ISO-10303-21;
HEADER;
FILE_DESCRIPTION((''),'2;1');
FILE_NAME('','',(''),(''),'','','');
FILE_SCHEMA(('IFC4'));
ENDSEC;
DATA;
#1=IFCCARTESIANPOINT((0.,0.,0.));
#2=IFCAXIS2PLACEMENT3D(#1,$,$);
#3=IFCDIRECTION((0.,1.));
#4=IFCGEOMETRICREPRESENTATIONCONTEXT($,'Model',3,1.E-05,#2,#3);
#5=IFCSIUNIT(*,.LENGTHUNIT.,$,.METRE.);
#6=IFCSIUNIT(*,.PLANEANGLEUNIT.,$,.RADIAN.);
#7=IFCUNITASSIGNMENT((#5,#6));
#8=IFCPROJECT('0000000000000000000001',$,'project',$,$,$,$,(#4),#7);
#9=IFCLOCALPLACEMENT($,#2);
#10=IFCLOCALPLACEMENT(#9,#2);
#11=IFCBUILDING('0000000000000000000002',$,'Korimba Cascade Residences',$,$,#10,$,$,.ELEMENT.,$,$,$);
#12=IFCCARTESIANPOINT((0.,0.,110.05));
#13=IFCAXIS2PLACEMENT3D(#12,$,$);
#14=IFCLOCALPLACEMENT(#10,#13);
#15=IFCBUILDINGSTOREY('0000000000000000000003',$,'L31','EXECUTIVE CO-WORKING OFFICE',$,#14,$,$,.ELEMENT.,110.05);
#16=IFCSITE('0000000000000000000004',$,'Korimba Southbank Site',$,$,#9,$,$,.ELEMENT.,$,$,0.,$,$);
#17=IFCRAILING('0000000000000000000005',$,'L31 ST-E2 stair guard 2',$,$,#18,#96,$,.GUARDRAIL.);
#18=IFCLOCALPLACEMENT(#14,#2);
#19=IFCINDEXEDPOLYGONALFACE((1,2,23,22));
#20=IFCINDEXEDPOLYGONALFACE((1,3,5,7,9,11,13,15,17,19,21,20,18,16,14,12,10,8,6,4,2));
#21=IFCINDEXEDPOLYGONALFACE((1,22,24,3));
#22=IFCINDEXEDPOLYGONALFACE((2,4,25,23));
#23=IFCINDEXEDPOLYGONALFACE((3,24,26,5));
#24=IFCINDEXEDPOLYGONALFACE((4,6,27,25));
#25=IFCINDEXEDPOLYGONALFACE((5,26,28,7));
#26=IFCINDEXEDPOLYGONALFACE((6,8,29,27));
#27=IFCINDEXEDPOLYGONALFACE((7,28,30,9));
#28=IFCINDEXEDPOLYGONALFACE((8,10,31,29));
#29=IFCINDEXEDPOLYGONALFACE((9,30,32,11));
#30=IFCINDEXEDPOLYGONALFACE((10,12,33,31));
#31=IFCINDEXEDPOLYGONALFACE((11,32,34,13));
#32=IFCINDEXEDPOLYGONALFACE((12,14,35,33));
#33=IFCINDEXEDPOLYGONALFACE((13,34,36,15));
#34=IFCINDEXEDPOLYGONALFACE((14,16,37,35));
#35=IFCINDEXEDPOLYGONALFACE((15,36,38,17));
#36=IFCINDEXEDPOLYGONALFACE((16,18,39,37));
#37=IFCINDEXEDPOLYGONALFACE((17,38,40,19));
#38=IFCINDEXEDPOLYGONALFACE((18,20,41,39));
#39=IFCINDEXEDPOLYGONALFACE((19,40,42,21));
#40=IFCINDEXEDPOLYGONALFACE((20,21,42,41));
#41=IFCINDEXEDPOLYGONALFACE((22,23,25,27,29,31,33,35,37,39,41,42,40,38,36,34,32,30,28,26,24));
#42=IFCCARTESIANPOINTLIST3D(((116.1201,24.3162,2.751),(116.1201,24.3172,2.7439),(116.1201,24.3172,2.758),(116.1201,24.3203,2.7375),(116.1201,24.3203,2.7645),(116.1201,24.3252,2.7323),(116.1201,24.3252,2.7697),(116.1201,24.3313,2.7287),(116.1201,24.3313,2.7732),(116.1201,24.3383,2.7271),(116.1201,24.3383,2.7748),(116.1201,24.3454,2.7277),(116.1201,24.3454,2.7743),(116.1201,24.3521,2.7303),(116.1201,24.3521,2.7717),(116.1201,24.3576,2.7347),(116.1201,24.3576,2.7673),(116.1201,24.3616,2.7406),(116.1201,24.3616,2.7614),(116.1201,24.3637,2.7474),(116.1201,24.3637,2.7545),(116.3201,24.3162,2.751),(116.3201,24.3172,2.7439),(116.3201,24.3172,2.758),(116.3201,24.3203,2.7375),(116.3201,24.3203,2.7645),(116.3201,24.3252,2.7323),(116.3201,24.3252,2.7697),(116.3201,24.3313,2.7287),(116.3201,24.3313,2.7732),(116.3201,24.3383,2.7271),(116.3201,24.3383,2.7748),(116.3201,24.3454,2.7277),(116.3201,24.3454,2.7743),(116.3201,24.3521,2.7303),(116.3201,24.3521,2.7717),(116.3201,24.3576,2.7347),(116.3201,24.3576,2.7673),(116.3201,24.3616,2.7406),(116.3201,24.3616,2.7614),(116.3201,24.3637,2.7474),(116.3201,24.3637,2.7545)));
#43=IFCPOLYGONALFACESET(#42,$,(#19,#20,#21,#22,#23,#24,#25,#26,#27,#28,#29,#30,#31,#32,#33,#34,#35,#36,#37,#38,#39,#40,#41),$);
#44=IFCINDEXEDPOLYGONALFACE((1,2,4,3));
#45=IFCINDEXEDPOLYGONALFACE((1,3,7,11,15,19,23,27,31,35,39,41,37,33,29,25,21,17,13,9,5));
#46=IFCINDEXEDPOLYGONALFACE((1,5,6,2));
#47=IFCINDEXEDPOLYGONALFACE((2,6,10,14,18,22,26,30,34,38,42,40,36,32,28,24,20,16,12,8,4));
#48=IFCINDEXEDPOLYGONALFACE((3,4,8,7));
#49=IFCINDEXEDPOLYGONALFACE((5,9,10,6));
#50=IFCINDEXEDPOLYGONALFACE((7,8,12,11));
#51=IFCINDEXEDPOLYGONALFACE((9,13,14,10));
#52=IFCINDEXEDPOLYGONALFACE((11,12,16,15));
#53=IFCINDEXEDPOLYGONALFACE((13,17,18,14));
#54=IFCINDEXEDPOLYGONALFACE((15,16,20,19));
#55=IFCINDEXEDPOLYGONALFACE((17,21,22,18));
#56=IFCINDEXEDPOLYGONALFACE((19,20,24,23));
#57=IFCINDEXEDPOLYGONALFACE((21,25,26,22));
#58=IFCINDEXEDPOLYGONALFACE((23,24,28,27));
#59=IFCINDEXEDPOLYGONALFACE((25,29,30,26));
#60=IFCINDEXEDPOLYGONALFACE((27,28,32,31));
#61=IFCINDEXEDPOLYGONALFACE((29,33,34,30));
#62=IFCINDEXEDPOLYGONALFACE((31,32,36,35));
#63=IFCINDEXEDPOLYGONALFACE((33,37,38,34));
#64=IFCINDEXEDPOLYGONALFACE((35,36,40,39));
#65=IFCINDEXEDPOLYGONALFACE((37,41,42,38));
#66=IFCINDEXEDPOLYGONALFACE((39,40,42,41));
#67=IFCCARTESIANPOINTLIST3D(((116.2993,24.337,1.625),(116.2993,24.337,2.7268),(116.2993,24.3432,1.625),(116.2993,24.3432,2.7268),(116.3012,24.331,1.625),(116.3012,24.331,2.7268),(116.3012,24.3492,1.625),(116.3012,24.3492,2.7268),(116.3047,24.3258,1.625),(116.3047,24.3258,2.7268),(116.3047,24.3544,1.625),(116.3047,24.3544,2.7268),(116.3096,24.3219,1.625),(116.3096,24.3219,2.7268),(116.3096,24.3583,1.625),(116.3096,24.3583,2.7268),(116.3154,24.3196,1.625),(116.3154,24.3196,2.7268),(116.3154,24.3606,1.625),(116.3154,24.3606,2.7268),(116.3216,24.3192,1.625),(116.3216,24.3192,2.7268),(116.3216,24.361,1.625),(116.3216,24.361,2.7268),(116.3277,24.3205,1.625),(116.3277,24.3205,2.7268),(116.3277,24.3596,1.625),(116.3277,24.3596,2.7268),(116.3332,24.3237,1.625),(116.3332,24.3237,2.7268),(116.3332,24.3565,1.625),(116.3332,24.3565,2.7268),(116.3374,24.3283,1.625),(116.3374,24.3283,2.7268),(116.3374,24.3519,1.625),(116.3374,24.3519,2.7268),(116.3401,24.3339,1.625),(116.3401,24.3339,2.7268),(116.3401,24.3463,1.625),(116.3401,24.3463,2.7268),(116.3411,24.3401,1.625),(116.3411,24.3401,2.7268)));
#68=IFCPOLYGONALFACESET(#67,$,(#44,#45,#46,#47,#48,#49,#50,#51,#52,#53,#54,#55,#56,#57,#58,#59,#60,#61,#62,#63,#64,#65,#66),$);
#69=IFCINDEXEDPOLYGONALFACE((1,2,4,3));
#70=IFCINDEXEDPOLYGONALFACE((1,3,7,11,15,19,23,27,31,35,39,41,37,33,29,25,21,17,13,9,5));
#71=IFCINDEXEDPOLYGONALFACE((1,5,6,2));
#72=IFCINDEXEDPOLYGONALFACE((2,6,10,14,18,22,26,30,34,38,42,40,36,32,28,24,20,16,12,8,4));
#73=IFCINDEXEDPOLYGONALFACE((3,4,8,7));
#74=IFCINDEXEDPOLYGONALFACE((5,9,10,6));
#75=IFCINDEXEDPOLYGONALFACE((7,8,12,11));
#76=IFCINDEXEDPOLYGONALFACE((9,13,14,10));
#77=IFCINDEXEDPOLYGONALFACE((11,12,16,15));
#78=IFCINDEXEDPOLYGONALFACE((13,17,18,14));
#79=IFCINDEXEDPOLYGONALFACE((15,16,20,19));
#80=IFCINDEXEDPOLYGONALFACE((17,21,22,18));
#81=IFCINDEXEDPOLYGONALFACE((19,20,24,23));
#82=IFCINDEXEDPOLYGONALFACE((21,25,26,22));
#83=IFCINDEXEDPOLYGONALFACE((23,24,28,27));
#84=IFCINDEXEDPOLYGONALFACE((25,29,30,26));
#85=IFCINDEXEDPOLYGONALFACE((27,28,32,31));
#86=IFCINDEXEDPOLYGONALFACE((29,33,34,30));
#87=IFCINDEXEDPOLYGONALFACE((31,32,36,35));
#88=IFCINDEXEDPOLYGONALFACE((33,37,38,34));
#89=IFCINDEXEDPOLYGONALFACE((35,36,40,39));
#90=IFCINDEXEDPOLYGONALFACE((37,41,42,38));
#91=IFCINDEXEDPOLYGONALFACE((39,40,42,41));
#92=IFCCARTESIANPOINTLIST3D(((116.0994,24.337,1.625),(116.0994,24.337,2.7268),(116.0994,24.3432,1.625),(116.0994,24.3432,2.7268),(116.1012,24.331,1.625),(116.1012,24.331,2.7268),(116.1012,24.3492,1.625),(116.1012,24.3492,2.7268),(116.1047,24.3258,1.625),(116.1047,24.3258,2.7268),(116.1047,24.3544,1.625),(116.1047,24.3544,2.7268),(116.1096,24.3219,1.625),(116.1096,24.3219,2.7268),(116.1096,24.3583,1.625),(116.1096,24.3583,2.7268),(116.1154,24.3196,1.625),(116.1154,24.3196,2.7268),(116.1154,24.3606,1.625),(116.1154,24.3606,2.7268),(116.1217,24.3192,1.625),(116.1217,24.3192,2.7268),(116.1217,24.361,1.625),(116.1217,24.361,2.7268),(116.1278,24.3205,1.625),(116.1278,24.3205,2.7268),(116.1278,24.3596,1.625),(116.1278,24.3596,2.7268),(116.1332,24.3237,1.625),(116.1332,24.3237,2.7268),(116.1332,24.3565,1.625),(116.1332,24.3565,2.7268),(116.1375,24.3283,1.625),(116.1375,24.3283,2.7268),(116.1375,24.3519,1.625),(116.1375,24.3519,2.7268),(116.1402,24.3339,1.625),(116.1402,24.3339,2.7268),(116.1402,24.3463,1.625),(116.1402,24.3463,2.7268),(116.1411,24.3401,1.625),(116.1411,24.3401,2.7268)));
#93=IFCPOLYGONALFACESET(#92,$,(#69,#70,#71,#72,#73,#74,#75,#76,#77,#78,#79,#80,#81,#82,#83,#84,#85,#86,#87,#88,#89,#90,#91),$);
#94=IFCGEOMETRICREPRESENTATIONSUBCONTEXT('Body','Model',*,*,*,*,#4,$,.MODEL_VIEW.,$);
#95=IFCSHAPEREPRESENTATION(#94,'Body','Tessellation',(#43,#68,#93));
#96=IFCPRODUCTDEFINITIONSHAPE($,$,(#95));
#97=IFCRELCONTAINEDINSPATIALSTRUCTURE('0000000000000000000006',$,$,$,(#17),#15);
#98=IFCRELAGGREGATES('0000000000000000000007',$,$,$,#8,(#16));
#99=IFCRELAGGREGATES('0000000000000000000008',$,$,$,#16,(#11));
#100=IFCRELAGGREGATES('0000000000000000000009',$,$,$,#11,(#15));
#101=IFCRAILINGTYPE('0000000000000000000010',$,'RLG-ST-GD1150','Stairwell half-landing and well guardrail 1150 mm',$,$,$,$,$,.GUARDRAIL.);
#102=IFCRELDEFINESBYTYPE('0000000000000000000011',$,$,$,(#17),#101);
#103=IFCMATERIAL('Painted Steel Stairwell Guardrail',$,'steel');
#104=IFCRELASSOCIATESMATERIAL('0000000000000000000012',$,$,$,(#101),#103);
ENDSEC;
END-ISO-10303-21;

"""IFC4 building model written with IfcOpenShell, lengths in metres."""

from ifc_helpers import new_model, si_unit, direction, frame, origin, origin_2d, place, context, subcontext, project, spatial, circle, extrude, material, type_object, element, save


model = new_model("IFC4")

# Units and contexts
model_context = context("Model", 3, precision=1e-05, world=origin(), true_north=direction((0.0, 1.0)))
body_context = subcontext(model_context, "Body", "Model", "MODEL_VIEW")
ifc_project = project(units=[si_unit("LENGTHUNIT", "METRE"), si_unit("PLANEANGLEUNIT", "RADIAN")], contexts=[model_context])

# Site, building, storey
site_placement = place(None, origin())
site = spatial("IfcSite", under=ifc_project, at=site_placement, Name="Korimba Southbank Site", CompositionType="ELEMENT", RefElevation=0.0)
building_placement = place(site_placement, origin())
building = spatial("IfcBuilding", under=site, at=building_placement, Name="Korimba Cascade Residences", CompositionType="ELEMENT")
storey_placement = place(building_placement, frame((0.0, 0.0, 110.05)))
storey = spatial("IfcBuildingStorey", under=building, at=storey_placement, Name="L31", Description="EXECUTIVE CO-WORKING OFFICE", CompositionType="ELEMENT", Elevation=110.05)

# Railing
ifc_material_1 = material(Name="Painted Steel Stairwell Guardrail", Category="steel")
railing_type_1 = type_object("IfcRailingType", Name="RLG-ST-GD1150", Description="Stairwell half-landing and well guardrail 1150 mm", PredefinedType="GUARDRAIL", material=ifc_material_1)
railing_1_placement = place(storey_placement, frame((116.3201, 24.3401, 1.625)))
element("IfcRailing", 1, at=railing_1_placement, inside=storey, type_object=railing_type_1, Name="L31 ST-E2 stair guard 2", PredefinedType="GUARDRAIL", context=body_context, shape_type="SweptSolid", body=[
    extrude(circle(Radius=0.0239, at=origin_2d()), frame((0.0, 0.0, 1.126), z_axis=(-1.0, 0.0, 0.0), x_axis=(0.0, -1.0, 0.0)), (0.0, 0.0, 1.0), 0.2),
    extrude(circle(Radius=0.021, at=origin_2d()), origin(), (0.0, 0.0, 1.0), 1.1018),
    extrude(circle(Radius=0.021, at=origin_2d()), frame((-0.2, 0.0, 0.0)), (0.0, 0.0, 1.0), 1.1018),
])

save(model, "model.ifc")
